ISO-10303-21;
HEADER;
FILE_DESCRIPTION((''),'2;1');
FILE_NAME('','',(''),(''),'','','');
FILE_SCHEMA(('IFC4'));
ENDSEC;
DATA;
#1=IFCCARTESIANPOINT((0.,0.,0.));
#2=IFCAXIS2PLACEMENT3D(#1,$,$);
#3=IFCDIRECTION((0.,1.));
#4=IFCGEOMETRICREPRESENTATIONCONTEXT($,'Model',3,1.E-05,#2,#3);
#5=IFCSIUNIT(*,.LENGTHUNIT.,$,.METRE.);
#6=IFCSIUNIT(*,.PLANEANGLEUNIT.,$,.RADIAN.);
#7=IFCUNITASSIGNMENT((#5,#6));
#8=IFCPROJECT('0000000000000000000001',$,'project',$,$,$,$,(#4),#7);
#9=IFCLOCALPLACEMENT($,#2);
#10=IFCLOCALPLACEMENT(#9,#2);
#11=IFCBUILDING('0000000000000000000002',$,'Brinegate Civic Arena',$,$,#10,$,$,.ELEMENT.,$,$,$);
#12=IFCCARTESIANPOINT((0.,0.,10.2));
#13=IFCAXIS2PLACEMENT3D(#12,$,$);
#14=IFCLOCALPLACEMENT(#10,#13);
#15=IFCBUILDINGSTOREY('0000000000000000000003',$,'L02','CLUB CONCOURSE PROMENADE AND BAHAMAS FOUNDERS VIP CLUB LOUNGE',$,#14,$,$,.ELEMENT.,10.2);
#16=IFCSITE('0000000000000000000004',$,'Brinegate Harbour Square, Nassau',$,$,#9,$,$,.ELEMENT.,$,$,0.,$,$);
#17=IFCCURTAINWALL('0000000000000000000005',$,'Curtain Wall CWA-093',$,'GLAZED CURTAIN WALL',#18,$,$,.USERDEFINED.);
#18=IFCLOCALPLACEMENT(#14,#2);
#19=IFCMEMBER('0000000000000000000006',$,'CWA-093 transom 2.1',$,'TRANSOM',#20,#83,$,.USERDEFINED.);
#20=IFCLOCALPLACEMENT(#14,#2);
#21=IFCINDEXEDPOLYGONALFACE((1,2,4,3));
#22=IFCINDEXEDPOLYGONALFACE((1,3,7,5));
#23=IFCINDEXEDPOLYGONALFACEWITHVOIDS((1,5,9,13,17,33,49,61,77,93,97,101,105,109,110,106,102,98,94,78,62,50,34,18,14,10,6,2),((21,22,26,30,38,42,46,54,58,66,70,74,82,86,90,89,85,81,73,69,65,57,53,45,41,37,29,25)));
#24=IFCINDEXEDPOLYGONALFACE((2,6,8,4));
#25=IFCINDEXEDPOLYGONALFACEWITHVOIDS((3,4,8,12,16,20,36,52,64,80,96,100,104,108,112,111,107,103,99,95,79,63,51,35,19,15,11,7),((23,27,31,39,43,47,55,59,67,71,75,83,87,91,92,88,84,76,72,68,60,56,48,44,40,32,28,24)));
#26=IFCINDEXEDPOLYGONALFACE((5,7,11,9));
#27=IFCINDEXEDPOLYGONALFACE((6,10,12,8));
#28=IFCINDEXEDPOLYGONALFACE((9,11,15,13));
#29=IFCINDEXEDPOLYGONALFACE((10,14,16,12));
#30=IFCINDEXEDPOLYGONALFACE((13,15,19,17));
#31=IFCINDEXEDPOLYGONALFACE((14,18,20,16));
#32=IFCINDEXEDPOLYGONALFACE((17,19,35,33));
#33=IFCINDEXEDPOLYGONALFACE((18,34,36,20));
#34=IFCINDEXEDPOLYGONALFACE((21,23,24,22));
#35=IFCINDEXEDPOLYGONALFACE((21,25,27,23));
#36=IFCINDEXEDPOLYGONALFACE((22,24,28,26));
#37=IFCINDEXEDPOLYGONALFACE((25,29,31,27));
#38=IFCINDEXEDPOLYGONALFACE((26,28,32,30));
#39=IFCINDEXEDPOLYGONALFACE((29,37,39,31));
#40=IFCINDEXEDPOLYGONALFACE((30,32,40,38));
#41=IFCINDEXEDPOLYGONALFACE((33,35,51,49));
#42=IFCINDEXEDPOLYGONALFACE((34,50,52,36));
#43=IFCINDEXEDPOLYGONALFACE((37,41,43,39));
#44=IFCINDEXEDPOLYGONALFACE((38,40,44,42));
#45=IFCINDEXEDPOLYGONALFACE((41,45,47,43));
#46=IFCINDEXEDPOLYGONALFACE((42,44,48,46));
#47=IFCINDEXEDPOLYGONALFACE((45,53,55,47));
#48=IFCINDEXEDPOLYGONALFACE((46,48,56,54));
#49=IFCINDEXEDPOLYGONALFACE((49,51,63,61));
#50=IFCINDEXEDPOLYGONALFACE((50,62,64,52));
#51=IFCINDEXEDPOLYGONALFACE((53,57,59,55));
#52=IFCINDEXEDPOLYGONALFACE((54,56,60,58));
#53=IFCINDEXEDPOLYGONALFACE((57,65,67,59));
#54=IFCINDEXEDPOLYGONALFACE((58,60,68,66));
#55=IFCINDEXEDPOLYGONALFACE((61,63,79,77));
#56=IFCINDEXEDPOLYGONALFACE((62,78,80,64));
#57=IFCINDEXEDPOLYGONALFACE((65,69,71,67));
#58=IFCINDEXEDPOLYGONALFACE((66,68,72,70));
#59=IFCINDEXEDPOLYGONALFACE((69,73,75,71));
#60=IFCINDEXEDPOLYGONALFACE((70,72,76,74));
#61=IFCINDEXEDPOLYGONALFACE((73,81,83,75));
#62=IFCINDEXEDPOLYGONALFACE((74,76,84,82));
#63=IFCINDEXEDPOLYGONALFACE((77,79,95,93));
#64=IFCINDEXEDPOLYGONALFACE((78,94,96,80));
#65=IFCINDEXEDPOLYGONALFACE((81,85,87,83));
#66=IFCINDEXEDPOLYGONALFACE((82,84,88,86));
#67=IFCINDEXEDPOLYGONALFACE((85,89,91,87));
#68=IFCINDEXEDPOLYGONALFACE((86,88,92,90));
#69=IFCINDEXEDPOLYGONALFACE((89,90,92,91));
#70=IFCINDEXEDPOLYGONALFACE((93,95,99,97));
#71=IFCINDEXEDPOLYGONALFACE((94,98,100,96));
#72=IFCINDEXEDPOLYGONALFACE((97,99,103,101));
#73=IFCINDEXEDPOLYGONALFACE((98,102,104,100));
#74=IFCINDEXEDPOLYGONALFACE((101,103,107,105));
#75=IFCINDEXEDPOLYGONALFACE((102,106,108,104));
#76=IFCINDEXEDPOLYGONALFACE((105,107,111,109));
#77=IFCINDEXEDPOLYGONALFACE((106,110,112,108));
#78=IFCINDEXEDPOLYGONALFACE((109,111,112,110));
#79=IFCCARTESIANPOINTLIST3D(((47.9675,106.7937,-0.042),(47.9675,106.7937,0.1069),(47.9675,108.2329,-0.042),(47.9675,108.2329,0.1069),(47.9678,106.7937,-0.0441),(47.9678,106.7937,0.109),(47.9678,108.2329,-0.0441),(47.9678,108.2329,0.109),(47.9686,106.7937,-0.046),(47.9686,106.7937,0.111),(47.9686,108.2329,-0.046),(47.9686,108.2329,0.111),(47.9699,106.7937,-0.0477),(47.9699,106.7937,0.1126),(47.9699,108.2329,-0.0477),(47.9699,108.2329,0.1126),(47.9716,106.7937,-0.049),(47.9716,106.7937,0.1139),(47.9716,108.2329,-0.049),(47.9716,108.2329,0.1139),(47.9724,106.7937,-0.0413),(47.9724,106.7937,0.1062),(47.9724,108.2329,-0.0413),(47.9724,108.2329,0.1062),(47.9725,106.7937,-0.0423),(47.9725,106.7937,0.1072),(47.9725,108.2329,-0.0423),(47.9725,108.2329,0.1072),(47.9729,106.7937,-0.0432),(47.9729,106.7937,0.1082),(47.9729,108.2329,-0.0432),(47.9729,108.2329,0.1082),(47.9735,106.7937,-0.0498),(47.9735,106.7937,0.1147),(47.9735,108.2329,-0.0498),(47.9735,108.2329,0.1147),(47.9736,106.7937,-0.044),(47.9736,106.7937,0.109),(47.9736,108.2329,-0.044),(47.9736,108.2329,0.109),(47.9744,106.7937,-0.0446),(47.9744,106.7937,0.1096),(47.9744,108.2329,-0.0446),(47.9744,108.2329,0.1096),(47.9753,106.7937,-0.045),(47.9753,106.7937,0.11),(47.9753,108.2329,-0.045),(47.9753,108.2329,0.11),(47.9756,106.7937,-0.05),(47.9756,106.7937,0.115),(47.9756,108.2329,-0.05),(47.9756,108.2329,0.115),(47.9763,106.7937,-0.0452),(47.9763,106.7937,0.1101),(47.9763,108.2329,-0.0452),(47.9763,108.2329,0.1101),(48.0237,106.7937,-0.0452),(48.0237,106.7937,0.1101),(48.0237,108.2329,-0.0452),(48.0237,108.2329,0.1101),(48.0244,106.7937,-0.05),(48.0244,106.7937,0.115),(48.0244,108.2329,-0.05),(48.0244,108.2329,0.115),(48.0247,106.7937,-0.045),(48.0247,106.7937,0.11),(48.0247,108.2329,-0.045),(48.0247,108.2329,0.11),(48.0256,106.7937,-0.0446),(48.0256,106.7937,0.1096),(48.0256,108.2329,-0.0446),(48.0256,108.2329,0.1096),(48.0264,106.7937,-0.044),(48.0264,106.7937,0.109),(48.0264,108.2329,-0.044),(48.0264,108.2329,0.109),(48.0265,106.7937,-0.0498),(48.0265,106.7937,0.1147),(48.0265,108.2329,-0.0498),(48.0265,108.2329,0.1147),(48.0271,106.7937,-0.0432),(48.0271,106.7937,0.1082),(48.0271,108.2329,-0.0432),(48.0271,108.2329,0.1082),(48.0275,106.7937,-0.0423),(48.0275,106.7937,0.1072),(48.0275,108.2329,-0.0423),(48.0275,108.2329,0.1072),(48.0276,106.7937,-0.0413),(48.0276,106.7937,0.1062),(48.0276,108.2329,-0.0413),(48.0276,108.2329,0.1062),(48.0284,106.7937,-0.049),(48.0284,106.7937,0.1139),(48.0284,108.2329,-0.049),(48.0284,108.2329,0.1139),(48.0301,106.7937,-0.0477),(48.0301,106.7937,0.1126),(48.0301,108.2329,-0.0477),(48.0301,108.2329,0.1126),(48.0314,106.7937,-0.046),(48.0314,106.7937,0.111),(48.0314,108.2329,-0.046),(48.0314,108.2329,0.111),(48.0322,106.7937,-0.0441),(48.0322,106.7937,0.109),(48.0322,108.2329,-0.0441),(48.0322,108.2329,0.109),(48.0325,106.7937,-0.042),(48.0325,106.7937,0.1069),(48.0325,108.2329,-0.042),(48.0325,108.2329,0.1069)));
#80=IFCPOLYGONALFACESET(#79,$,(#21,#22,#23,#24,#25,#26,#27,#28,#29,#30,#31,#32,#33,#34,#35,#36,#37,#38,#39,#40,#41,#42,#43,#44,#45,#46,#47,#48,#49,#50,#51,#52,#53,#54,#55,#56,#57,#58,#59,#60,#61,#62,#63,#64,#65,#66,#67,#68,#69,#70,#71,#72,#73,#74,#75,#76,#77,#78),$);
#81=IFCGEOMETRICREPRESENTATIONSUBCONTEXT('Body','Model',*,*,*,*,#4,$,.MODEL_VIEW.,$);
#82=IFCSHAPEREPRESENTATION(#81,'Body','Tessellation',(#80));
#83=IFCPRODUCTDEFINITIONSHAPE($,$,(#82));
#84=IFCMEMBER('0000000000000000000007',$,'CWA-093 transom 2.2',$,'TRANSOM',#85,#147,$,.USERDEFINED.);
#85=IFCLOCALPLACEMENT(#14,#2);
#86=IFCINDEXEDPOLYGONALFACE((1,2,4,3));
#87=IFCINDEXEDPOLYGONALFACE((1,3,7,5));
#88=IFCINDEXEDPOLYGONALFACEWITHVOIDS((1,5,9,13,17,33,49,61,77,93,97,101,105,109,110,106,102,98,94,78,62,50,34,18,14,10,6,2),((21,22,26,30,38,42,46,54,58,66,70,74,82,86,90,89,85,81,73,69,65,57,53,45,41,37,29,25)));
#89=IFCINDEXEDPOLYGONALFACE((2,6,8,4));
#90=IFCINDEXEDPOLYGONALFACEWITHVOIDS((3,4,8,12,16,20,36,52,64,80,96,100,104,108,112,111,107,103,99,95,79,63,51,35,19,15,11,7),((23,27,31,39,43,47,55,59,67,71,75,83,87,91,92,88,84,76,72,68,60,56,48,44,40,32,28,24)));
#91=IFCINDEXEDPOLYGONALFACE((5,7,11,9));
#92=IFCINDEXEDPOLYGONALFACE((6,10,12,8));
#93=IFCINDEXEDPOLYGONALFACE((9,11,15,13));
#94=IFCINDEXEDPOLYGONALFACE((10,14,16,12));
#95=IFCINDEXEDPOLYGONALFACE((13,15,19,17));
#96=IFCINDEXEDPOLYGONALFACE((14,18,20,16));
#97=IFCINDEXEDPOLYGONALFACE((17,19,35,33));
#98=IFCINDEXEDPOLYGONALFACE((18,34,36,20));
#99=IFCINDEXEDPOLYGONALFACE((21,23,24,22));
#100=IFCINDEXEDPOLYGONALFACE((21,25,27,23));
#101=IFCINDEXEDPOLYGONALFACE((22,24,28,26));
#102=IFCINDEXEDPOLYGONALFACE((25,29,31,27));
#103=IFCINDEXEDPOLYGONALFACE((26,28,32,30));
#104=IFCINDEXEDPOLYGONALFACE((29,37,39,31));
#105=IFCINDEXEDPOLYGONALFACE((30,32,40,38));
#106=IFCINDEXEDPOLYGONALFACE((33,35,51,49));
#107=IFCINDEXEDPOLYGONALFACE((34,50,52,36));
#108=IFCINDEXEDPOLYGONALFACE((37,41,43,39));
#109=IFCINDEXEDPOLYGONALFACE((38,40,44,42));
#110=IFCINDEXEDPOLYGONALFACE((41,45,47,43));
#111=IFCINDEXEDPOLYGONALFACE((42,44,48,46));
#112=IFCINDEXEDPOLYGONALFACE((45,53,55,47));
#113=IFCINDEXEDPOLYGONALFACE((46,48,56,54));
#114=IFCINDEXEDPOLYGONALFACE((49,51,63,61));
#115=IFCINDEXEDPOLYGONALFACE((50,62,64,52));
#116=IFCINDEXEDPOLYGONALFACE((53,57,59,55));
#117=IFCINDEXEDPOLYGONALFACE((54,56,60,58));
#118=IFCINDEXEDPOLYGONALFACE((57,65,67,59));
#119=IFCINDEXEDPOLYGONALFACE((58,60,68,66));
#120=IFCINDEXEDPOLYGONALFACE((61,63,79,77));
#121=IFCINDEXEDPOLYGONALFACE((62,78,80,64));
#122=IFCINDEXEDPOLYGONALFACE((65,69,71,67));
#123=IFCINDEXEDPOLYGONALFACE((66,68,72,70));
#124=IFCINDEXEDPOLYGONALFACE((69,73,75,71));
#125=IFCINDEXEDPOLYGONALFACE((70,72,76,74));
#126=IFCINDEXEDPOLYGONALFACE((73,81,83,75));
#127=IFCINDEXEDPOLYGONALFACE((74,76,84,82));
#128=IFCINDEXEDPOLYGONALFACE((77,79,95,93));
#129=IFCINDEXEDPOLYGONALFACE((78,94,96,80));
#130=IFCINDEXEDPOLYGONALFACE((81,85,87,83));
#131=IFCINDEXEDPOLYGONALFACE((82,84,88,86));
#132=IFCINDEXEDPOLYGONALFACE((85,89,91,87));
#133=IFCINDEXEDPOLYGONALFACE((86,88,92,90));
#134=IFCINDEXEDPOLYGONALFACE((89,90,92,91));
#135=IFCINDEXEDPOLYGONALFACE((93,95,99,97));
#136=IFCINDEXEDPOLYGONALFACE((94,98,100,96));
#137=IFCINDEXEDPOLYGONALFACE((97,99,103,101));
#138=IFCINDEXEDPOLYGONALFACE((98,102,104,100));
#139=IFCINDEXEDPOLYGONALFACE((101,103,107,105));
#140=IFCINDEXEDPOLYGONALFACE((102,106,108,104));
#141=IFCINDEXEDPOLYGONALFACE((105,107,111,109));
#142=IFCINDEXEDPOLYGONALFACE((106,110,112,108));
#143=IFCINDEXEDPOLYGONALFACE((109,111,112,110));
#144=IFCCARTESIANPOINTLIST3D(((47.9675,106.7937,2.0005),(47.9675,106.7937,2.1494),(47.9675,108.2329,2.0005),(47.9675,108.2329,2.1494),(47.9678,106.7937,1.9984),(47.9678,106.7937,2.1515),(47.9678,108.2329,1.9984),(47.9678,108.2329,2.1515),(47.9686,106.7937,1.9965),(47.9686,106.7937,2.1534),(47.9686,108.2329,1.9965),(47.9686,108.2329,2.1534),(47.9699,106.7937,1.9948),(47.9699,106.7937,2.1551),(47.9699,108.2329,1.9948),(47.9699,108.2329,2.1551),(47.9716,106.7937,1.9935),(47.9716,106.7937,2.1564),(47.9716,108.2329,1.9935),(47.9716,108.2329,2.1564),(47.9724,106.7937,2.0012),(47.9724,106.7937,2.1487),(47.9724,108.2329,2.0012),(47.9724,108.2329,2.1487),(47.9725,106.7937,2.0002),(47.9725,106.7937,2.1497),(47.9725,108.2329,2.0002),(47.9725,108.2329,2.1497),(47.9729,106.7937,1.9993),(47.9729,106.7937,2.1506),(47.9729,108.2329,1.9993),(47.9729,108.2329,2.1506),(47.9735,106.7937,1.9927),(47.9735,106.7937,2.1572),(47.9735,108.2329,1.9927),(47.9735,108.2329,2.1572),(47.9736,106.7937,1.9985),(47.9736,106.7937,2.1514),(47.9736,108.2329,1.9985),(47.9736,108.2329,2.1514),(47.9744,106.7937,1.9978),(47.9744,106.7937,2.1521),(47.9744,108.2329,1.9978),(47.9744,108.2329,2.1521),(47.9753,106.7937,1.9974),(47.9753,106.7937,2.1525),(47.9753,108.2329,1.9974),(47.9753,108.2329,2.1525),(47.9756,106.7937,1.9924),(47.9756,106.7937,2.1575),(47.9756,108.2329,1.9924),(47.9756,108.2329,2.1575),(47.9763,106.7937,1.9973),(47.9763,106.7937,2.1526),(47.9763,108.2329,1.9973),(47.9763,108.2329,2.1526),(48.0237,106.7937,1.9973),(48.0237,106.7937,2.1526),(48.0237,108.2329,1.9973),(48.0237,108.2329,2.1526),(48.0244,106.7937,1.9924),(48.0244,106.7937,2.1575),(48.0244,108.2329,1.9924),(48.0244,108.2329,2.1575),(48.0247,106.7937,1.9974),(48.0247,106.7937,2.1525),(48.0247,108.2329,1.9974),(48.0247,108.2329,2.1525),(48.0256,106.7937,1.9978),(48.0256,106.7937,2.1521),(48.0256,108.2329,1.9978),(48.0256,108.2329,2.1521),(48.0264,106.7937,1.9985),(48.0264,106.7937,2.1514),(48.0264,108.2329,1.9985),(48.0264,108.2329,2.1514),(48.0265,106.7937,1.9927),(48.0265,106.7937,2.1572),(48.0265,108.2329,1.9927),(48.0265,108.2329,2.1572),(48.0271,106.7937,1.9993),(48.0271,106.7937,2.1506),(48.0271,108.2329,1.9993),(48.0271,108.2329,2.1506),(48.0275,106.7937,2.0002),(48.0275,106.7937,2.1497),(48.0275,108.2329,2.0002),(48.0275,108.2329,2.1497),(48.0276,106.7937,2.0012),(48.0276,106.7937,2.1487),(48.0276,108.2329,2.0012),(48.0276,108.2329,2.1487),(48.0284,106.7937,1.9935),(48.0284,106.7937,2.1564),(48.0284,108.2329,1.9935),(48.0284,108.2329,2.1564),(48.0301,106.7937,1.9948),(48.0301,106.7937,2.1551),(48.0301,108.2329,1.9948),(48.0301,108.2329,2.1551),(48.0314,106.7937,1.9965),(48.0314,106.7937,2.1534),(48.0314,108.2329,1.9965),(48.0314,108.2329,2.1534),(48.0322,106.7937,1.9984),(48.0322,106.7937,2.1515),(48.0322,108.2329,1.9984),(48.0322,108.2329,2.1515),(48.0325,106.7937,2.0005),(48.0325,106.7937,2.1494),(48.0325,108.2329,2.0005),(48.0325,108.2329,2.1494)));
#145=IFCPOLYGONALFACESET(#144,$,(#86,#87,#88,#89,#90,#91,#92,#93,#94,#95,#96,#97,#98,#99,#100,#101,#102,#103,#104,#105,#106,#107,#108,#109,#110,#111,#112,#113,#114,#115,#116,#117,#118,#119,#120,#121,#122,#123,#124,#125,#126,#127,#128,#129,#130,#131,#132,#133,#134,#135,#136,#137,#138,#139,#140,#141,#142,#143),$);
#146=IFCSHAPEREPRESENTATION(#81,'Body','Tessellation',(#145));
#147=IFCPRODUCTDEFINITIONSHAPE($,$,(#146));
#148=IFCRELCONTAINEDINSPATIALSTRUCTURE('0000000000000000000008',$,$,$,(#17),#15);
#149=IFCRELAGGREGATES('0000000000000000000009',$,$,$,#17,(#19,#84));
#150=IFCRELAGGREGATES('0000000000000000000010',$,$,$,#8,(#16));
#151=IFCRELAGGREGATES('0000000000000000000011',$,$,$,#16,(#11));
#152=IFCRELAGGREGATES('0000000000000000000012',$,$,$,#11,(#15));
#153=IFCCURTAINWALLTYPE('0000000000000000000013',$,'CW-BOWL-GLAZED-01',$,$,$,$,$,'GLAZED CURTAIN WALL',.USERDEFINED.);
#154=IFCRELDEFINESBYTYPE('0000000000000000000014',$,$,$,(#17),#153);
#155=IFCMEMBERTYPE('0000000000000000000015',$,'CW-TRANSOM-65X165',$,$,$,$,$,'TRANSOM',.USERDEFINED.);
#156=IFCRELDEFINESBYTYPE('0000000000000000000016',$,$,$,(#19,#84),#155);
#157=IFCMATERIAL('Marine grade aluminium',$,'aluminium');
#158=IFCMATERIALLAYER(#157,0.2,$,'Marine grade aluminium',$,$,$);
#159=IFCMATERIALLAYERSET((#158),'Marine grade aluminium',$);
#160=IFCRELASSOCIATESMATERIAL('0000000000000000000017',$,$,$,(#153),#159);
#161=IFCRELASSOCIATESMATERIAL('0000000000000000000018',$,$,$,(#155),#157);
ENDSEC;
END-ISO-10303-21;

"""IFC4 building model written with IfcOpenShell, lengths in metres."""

from ifc_helpers import new_model, si_unit, direction, frame, origin, origin_2d, place, context, subcontext, project, spatial, hollow_rectangle, extrude, material, layer, layer_set, material_profile, profile_set, type_object, element, aggregate, save


model = new_model("IFC4")

# Units and contexts
model_context = context("Model", 3, precision=1e-05, world=origin(), true_north=direction((0.0, 1.0)))
body_context = subcontext(model_context, "Body", "Model", "MODEL_VIEW")
ifc_project = project(units=[si_unit("LENGTHUNIT", "METRE"), si_unit("PLANEANGLEUNIT", "RADIAN")], contexts=[model_context])

# Site, building, storey
site_placement = place(None, origin())
site = spatial("IfcSite", under=ifc_project, at=site_placement, Name="Brinegate Harbour Square, Nassau", CompositionType="ELEMENT", RefElevation=0.0)
building_placement = place(site_placement, origin())
building = spatial("IfcBuilding", under=site, at=building_placement, Name="Brinegate Civic Arena", CompositionType="ELEMENT")
storey_placement = place(building_placement, frame((0.0, 0.0, 10.2)))
storey = spatial("IfcBuildingStorey", under=building, at=storey_placement, Name="L02", Description="CLUB CONCOURSE PROMENADE AND BAHAMAS FOUNDERS VIP CLUB LOUNGE", CompositionType="ELEMENT", Elevation=10.2)

# Curtain wall, members
ifc_material_1 = material(Name="Marine grade aluminium", Category="aluminium")
ifc_layer_1 = layer(ifc_material_1, 0.2, Name="Marine grade aluminium")
ifc_layer_set_1 = layer_set([ifc_layer_1], Name="Marine grade aluminium")
curtain_wall_type = type_object("IfcCurtainWallType", Name="CW-BOWL-GLAZED-01", ElementType="GLAZED CURTAIN WALL", PredefinedType="USERDEFINED", material=ifc_layer_set_1)
curtain_wall_placement = place(storey_placement, origin())
curtain_wall = element("IfcCurtainWall", 1, at=curtain_wall_placement, inside=storey, type_object=curtain_wall_type, Name="Curtain Wall CWA-093", ObjectType="GLAZED CURTAIN WALL", PredefinedType="USERDEFINED")
ifc_material_profile_1 = material_profile(ifc_material_1, hollow_rectangle(XDim=0.0649, YDim=0.165, WallThickness=0.0049, InnerFilletRadius=0.0039, OuterFilletRadius=0.0081, at=origin_2d()), Name="TRN65X165")
ifc_profile_set_1 = profile_set([ifc_material_profile_1], Name="Marine grade aluminium")
member_type_1 = type_object("IfcMemberType", Name="CW-TRANSOM-65X165", ElementType="TRANSOM", PredefinedType="USERDEFINED", material=ifc_profile_set_1)
member_1_placement = place(storey_placement, frame((48.0, 106.7937, 0.0325), z_axis=(0.0, 1.0, 0.0), x_axis=(-1.0, 0.0, 0.0)))
member_1 = element("IfcMember", 2, at=member_1_placement, type_object=member_type_1, Name="CWA-093 transom 2.1", ObjectType="TRANSOM", PredefinedType="USERDEFINED", context=body_context, shape_type="SweptSolid", body=[
    extrude(hollow_rectangle(XDim=0.0649, YDim=0.165, WallThickness=0.0049, InnerFilletRadius=0.0039, OuterFilletRadius=0.0081, at=origin_2d()), origin(), (0.0, 0.0, 1.0), 1.4392),
])
member_2_placement = place(storey_placement, frame((48.0, 106.7937, 2.075), z_axis=(0.0, 1.0, 0.0), x_axis=(-1.0, 0.0, 0.0)))
member_2 = element("IfcMember", 3, at=member_2_placement, type_object=member_type_1, Name="CWA-093 transom 2.2", ObjectType="TRANSOM", PredefinedType="USERDEFINED", context=body_context, shape_type="SweptSolid", body=[
    extrude(hollow_rectangle(XDim=0.0649, YDim=0.165, WallThickness=0.0049, InnerFilletRadius=0.0039, OuterFilletRadius=0.0081, at=origin_2d()), origin(), (0.0, 0.0, 1.0), 1.4392),
])

aggregate(curtain_wall, [member_1, member_2])

save(model, "model.ifc")
